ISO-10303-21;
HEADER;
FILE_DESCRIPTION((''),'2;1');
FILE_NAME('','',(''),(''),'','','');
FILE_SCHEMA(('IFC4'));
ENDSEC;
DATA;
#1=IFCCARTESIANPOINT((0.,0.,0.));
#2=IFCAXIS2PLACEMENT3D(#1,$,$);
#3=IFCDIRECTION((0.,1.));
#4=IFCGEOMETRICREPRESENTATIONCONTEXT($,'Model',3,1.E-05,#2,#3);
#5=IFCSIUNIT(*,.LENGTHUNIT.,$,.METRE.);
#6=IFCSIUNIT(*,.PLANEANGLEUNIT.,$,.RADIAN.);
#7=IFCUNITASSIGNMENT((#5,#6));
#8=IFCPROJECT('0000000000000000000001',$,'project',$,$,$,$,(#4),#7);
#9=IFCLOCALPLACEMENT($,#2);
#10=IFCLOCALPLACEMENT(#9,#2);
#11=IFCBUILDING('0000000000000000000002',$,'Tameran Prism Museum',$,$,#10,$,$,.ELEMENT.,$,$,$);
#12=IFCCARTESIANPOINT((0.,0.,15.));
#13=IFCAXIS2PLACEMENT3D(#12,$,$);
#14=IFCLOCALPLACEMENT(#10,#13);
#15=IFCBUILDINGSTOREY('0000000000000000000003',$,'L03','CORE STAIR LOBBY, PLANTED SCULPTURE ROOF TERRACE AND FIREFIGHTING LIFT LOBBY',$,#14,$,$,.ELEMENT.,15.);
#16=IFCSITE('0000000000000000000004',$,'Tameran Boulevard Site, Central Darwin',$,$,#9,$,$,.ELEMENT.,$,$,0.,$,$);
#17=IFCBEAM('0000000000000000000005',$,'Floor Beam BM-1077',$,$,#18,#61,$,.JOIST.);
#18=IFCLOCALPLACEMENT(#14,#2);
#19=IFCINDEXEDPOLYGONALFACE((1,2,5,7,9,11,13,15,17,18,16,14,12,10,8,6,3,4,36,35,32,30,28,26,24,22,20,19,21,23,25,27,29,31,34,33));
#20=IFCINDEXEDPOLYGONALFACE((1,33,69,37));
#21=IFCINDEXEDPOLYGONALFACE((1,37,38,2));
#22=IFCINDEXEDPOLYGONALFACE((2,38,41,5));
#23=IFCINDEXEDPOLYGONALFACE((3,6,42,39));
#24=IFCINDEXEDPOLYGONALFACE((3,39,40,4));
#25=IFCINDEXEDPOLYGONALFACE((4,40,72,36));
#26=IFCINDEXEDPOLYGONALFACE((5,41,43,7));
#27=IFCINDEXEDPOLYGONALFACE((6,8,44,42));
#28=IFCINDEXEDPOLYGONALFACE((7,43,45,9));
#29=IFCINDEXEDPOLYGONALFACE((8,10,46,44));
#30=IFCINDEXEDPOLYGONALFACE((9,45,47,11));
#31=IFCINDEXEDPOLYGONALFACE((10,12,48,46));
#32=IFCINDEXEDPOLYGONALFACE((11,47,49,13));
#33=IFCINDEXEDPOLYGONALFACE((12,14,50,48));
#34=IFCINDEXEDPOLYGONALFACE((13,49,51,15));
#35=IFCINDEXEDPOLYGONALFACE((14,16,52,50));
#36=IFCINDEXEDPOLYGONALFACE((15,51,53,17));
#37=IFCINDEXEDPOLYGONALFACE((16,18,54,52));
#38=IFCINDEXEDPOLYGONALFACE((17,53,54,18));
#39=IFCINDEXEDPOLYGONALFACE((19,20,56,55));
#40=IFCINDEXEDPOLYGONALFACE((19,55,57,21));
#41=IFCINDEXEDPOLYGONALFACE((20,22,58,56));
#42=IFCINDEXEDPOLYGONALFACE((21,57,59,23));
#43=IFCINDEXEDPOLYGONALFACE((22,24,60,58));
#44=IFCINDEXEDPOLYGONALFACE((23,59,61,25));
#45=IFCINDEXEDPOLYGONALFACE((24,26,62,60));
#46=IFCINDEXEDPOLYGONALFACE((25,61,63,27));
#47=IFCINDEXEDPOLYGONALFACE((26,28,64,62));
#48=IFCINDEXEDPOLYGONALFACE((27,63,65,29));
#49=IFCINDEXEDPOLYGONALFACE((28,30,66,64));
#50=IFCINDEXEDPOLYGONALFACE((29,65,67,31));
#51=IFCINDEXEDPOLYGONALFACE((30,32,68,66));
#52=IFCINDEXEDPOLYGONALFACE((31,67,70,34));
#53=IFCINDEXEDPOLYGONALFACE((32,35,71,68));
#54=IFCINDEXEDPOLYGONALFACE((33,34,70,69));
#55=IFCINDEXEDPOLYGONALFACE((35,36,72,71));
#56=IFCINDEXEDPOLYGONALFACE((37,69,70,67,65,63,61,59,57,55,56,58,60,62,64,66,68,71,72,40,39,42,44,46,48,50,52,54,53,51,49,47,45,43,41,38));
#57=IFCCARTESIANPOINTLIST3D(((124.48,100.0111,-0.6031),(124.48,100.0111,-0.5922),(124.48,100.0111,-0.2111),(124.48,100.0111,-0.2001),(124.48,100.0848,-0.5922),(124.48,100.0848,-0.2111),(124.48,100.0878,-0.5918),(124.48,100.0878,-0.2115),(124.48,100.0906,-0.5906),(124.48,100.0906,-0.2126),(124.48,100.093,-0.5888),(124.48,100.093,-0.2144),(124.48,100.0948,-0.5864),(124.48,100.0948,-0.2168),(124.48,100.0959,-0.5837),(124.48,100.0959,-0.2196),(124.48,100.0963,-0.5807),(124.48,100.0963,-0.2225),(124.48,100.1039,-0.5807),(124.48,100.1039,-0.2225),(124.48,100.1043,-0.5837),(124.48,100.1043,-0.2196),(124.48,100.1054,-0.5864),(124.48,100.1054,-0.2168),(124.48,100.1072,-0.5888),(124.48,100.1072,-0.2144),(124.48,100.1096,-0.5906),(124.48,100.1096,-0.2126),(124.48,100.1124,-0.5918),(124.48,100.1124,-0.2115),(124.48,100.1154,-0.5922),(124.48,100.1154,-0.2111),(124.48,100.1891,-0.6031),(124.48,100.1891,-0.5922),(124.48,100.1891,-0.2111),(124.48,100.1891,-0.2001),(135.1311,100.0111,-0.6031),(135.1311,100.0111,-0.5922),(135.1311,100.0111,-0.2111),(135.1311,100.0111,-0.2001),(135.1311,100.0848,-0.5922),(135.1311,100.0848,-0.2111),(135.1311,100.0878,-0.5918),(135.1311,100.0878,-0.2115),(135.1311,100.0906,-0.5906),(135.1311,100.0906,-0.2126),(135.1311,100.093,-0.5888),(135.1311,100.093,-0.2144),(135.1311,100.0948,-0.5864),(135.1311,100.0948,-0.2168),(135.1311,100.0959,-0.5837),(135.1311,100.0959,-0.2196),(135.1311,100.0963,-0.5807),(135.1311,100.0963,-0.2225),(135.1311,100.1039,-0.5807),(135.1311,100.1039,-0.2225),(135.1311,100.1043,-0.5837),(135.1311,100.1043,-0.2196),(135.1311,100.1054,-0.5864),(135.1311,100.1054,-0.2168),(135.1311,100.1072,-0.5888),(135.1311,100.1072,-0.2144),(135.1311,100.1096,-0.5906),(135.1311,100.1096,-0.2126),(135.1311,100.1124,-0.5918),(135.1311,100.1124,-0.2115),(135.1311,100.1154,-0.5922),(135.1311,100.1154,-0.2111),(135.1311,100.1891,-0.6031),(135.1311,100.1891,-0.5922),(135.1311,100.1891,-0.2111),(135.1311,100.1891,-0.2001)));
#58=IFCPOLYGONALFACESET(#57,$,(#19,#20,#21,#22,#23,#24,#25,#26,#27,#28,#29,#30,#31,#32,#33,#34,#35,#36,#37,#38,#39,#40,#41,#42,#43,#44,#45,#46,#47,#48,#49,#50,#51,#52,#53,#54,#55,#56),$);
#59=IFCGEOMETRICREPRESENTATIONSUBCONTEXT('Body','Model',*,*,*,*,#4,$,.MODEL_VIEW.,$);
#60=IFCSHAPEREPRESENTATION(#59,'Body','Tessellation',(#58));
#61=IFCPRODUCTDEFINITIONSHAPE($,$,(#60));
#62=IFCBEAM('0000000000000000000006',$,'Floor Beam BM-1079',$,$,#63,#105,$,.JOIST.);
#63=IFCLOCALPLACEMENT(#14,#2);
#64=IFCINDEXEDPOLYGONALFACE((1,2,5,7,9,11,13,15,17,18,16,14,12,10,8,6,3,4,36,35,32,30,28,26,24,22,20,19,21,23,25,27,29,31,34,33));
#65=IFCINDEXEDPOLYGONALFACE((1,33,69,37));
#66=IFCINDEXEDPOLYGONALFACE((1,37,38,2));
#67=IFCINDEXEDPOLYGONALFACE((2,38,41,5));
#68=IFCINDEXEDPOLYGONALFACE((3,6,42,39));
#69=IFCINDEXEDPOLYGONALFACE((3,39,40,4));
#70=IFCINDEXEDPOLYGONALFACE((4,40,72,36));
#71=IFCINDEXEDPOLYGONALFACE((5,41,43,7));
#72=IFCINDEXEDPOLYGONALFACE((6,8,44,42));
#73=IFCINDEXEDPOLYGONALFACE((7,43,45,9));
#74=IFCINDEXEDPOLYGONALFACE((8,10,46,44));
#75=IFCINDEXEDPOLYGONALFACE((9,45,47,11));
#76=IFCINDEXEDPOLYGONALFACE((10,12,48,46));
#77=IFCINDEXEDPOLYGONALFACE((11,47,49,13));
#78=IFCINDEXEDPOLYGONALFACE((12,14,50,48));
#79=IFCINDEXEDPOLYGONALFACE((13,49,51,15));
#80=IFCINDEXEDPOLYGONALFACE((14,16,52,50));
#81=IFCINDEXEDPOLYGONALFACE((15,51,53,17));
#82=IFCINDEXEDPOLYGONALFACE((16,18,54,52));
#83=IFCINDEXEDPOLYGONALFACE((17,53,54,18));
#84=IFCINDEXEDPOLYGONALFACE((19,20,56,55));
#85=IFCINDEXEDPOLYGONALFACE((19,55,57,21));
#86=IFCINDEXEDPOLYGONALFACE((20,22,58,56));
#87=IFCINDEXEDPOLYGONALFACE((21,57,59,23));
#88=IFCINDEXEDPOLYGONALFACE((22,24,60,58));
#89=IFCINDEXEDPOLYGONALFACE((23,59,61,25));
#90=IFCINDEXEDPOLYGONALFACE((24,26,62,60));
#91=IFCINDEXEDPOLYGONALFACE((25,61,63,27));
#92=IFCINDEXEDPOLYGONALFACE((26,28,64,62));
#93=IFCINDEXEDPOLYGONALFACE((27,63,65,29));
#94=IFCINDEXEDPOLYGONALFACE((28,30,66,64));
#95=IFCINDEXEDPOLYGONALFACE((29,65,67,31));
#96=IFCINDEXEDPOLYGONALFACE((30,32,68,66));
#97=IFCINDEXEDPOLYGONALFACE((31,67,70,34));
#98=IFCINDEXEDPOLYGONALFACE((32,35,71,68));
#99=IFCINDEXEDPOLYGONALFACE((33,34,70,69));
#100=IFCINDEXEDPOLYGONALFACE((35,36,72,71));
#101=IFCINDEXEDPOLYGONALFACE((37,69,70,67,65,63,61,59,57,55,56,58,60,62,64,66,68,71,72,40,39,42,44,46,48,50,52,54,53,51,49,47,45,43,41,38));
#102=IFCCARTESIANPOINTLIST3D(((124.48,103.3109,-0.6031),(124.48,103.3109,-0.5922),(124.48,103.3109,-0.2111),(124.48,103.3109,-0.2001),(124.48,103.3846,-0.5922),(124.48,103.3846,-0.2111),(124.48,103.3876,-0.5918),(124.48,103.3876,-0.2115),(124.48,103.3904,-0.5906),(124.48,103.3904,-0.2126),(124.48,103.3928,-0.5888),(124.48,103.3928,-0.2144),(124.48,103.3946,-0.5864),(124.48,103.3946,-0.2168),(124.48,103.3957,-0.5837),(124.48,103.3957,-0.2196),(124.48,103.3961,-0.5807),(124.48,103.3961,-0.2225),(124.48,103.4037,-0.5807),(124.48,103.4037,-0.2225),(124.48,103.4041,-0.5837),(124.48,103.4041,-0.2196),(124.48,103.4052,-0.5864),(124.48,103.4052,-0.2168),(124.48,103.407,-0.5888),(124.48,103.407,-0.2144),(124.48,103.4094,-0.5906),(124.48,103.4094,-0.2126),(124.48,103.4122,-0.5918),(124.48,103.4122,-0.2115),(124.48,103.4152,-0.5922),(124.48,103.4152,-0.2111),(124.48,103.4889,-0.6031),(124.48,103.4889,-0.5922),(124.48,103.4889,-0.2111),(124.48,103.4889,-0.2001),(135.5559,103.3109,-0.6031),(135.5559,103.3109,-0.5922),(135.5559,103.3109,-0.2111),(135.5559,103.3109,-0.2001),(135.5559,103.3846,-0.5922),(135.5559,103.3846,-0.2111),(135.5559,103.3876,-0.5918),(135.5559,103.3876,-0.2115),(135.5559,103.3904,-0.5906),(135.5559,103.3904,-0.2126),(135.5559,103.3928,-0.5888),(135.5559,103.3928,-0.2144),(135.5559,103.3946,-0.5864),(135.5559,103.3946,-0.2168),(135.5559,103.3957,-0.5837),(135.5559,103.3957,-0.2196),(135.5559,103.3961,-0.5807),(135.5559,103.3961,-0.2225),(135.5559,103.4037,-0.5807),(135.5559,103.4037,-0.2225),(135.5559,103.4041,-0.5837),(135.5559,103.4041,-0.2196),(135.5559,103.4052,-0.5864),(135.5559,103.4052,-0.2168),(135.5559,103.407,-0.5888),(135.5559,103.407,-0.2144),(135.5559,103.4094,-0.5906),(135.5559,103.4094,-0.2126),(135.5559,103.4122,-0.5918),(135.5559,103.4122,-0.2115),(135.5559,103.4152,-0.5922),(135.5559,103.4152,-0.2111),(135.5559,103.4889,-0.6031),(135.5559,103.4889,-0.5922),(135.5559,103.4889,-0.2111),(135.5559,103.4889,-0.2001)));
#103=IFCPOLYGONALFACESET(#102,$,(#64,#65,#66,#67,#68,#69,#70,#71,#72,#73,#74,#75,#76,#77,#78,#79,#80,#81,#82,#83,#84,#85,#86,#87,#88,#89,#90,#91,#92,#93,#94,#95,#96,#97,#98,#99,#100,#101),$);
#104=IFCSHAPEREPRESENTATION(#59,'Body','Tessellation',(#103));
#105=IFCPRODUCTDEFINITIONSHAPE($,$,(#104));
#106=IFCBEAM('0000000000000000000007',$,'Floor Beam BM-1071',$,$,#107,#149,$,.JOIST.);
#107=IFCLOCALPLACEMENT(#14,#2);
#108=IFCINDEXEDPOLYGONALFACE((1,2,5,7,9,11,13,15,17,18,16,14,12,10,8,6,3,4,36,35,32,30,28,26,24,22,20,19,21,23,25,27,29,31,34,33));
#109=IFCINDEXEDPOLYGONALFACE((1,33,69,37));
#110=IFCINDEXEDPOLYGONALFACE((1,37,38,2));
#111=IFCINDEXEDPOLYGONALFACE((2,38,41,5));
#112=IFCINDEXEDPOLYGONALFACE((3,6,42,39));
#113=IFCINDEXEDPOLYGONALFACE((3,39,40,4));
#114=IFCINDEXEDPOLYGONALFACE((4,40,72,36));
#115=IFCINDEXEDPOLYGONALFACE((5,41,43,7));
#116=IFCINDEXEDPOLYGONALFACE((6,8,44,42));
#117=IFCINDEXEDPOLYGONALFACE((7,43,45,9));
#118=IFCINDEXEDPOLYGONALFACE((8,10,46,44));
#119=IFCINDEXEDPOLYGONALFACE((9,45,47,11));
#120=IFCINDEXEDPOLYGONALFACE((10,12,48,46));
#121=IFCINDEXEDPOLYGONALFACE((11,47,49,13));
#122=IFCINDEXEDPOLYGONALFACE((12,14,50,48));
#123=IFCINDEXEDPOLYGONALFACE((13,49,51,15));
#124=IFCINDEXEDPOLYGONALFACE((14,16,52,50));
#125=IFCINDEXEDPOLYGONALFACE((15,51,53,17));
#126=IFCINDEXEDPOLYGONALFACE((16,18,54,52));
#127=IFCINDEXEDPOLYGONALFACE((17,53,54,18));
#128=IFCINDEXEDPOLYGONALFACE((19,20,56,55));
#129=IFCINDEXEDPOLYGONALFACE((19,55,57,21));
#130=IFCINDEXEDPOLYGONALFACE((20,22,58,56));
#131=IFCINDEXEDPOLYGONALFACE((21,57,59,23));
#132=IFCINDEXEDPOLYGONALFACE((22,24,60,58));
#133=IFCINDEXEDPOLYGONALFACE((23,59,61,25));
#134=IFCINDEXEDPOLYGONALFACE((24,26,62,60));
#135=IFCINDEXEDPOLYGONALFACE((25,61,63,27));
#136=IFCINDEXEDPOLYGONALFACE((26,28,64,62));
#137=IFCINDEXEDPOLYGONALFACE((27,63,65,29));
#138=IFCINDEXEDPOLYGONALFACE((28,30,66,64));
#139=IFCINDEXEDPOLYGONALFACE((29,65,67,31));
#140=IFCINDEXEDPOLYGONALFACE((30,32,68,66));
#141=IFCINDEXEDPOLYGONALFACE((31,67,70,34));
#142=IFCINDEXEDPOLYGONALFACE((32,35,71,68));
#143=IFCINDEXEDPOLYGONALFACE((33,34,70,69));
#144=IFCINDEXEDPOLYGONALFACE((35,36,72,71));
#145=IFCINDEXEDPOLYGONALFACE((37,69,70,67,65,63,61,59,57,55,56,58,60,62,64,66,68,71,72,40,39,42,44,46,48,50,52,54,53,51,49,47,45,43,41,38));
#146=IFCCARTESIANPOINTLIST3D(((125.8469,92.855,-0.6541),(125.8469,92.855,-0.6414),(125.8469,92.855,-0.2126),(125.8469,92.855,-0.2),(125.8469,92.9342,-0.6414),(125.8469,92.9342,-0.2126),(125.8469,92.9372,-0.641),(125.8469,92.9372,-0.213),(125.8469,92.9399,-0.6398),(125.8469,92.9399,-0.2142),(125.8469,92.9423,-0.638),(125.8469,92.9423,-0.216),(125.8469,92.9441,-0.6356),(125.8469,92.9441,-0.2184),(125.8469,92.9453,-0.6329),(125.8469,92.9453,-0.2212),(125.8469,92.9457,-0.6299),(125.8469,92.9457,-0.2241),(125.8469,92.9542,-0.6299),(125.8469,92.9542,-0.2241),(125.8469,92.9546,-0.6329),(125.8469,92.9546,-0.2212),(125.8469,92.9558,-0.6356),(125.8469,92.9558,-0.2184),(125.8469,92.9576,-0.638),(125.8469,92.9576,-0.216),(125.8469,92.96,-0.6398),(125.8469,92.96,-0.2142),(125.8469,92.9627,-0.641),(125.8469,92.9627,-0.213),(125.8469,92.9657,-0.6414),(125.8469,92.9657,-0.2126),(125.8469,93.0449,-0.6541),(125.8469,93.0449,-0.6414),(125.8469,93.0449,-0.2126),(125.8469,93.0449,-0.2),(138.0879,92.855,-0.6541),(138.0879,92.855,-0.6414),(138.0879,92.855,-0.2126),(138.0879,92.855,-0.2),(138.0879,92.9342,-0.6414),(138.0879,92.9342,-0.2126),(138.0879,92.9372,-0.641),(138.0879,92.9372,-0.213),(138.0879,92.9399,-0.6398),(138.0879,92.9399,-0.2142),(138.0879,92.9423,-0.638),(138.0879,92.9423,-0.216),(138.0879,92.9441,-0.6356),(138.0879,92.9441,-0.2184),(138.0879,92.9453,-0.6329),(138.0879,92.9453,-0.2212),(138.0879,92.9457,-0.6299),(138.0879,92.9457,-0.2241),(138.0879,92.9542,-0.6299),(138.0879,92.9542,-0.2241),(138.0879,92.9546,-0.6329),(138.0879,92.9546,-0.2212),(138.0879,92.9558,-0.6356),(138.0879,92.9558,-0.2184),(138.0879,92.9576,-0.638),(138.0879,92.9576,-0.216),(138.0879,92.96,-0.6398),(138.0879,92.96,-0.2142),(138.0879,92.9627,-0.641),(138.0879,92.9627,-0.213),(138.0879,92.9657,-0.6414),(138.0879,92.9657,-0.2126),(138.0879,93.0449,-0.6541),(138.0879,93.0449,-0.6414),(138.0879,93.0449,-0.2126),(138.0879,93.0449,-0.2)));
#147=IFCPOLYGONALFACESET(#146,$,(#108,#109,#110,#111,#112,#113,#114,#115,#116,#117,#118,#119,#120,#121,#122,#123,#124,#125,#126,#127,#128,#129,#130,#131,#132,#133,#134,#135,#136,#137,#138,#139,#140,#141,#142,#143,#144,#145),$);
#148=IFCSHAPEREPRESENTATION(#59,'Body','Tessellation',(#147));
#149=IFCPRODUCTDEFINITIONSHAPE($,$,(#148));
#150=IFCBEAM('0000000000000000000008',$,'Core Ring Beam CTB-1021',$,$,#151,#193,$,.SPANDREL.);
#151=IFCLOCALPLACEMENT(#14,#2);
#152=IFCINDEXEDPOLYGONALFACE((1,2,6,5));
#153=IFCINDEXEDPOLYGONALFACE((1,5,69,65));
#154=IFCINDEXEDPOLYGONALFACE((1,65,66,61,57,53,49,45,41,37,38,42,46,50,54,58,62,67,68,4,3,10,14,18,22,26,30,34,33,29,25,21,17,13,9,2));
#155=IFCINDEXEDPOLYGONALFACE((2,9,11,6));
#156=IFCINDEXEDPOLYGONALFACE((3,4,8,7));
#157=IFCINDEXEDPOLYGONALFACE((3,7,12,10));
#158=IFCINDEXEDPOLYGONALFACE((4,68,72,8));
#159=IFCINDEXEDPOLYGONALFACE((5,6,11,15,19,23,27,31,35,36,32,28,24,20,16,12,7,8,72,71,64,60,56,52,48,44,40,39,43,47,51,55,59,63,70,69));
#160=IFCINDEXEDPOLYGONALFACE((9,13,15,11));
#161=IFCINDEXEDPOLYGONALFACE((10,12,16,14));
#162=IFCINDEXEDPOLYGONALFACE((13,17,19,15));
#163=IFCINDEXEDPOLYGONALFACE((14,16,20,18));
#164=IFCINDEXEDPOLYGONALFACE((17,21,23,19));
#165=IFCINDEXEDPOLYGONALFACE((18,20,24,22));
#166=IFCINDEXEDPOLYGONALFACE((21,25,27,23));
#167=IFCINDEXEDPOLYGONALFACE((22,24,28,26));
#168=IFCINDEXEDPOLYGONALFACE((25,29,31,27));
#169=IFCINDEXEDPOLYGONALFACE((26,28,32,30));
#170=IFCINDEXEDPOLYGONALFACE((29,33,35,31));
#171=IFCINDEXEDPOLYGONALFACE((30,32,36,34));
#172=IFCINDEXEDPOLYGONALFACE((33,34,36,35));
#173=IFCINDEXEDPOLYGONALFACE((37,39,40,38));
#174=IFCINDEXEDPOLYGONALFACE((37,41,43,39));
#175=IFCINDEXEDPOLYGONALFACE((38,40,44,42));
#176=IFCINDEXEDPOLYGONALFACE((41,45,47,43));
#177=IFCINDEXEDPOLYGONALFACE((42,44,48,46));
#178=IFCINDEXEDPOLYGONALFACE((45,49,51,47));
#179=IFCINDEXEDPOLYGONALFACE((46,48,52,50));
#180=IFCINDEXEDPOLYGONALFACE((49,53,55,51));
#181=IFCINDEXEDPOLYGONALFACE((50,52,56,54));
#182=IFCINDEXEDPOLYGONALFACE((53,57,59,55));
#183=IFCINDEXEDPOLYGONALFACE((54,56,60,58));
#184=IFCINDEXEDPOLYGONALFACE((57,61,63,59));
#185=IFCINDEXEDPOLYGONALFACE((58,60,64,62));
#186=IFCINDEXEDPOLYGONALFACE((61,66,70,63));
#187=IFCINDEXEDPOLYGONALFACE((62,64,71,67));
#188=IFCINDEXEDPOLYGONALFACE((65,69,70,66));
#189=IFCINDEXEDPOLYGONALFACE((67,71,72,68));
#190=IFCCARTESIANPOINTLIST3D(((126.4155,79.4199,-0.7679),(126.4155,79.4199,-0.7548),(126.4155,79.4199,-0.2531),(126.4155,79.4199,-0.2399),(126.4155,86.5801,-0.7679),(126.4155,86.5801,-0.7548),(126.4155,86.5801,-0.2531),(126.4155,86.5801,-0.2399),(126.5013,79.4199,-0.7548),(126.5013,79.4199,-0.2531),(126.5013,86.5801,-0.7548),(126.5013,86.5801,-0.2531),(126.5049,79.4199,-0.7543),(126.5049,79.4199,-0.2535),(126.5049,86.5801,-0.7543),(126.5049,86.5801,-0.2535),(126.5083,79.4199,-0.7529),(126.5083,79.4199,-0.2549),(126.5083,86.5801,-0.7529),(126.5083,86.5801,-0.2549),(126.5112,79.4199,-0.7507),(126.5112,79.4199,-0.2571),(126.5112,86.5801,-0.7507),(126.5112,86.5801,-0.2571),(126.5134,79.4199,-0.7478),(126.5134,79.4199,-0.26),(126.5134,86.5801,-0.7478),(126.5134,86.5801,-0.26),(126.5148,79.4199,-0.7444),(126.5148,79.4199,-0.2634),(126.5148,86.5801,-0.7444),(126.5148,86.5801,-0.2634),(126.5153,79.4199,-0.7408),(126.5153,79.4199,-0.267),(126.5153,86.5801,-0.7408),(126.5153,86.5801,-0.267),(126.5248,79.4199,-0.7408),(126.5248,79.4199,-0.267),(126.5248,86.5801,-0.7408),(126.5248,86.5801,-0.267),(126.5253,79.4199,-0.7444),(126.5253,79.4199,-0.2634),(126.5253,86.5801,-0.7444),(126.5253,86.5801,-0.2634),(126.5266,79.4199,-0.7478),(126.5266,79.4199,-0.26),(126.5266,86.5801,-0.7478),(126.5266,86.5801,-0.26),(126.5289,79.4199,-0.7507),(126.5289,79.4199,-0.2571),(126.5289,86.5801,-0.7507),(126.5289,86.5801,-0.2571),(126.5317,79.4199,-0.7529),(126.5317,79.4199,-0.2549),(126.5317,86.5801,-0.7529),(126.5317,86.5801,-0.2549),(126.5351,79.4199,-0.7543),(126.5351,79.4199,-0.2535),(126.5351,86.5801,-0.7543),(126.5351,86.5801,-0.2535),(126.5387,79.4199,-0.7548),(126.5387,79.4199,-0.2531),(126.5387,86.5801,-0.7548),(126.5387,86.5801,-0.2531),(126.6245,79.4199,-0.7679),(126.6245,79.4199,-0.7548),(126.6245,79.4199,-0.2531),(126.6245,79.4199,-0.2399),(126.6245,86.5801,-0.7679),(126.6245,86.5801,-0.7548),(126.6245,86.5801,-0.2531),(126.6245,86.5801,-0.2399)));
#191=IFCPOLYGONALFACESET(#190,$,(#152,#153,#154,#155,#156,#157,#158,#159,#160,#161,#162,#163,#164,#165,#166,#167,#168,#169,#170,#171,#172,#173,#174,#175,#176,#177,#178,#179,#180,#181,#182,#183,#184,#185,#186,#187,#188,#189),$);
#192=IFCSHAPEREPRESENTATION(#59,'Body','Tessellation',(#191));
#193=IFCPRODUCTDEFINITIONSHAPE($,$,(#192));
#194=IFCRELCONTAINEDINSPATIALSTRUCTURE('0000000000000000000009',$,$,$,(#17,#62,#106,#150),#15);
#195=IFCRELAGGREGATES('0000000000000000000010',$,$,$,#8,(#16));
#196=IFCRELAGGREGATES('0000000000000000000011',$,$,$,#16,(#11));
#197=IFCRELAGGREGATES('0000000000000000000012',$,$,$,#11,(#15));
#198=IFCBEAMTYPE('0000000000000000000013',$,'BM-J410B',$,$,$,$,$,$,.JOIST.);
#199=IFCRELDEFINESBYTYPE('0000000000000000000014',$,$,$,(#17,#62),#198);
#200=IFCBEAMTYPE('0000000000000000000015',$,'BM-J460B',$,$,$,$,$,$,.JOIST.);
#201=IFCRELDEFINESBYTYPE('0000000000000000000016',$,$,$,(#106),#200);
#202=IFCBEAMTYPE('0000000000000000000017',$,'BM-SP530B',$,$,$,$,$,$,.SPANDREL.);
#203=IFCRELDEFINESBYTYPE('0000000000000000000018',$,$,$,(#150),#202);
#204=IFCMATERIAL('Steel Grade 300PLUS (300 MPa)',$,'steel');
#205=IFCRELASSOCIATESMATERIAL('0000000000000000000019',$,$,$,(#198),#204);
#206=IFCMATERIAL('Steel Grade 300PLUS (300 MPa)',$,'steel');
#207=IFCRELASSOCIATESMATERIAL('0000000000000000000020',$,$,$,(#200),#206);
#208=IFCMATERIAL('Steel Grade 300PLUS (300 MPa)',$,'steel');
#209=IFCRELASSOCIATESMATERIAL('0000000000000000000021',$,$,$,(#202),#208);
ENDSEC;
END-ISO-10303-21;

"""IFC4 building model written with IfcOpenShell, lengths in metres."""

from ifc_helpers import new_model, si_unit, direction, frame, origin, origin_2d, place, context, subcontext, project, spatial, i_section, extrude, material, material_profile, profile_set, type_object, element, save


model = new_model("IFC4")

# Units and contexts
model_context = context("Model", 3, precision=1e-05, world=origin(), true_north=direction((0.0, 1.0)))
body_context = subcontext(model_context, "Body", "Model", "MODEL_VIEW")
ifc_project = project(units=[si_unit("LENGTHUNIT", "METRE"), si_unit("PLANEANGLEUNIT", "RADIAN")], contexts=[model_context])

# Site, building, storey
site_placement = place(None, origin())
site = spatial("IfcSite", under=ifc_project, at=site_placement, Name="Tameran Boulevard Site, Central Darwin", CompositionType="ELEMENT", RefElevation=0.0)
building_placement = place(site_placement, origin())
building = spatial("IfcBuilding", under=site, at=building_placement, Name="Tameran Prism Museum", CompositionType="ELEMENT")
storey_placement = place(building_placement, frame((0.0, 0.0, 15.0)))
storey = spatial("IfcBuildingStorey", under=building, at=storey_placement, Name="L03", Description="CORE STAIR LOBBY, PLANTED SCULPTURE ROOF TERRACE AND FIREFIGHTING LIFT LOBBY", CompositionType="ELEMENT", Elevation=15.0)

# Beams
ifc_material_1 = material(Name="Steel Grade 300PLUS (300 MPa)", Category="steel")
ifc_material_profile_1 = material_profile(ifc_material_1, i_section(OverallWidth=0.178, OverallDepth=0.4031, WebThickness=0.0076, FlangeThickness=0.011, FilletRadius=0.0115, at=origin_2d()))
ifc_profile_set_1 = profile_set([ifc_material_profile_1])
beam_type_1 = type_object("IfcBeamType", Name="BM-J410B", PredefinedType="JOIST", material=ifc_profile_set_1)
beam_1_placement = place(storey_placement, frame((124.48, 100.1001, -0.4016), z_axis=(1.0, 0.0, 0.0), x_axis=(0.0, 1.0, 0.0)))
element("IfcBeam", 1, at=beam_1_placement, inside=storey, type_object=beam_type_1, Name="Floor Beam BM-1077", PredefinedType="JOIST", context=body_context, shape_type="SweptSolid", body=[
    extrude(i_section(OverallWidth=0.178, OverallDepth=0.4031, WebThickness=0.0076, FlangeThickness=0.011, FilletRadius=0.0115, at=origin_2d()), origin(), (0.0, 0.0, 1.0), 10.6511),
])
beam_2_placement = place(storey_placement, frame((124.48, 103.3999, -0.4016), z_axis=(1.0, 0.0, 0.0), x_axis=(0.0, 1.0, 0.0)))
element("IfcBeam", 2, at=beam_2_placement, inside=storey, type_object=beam_type_1, Name="Floor Beam BM-1079", PredefinedType="JOIST", context=body_context, shape_type="SweptSolid", body=[
    extrude(i_section(OverallWidth=0.178, OverallDepth=0.4031, WebThickness=0.0076, FlangeThickness=0.011, FilletRadius=0.0115, at=origin_2d()), origin(), (0.0, 0.0, 1.0), 11.0759),
])
ifc_material_2 = material(Name="Steel Grade 300PLUS (300 MPa)", Category="steel")
ifc_material_profile_2 = material_profile(ifc_material_2, i_section(OverallWidth=0.1899, OverallDepth=0.4541, WebThickness=0.0085, FlangeThickness=0.0127, FilletRadius=0.0115, at=origin_2d()))
ifc_profile_set_2 = profile_set([ifc_material_profile_2])
beam_type_2 = type_object("IfcBeamType", Name="BM-J460B", PredefinedType="JOIST", material=ifc_profile_set_2)
beam_3_placement = place(storey_placement, frame((125.8469, 92.95, -0.427), z_axis=(1.0, 0.0, 0.0), x_axis=(0.0, 1.0, 0.0)))
element("IfcBeam", 3, at=beam_3_placement, inside=storey, type_object=beam_type_2, Name="Floor Beam BM-1071", PredefinedType="JOIST", context=body_context, shape_type="SweptSolid", body=[
    extrude(i_section(OverallWidth=0.1899, OverallDepth=0.4541, WebThickness=0.0085, FlangeThickness=0.0127, FilletRadius=0.0115, at=origin_2d()), origin(), (0.0, 0.0, 1.0), 12.241),
])
ifc_material_3 = material(Name="Steel Grade 300PLUS (300 MPa)", Category="steel")
ifc_material_profile_3 = material_profile(ifc_material_3, i_section(OverallWidth=0.209, OverallDepth=0.5281, WebThickness=0.0095, FlangeThickness=0.0132, FilletRadius=0.0139, at=origin_2d()))
ifc_profile_set_3 = profile_set([ifc_material_profile_3])
beam_type_3 = type_object("IfcBeamType", Name="BM-SP530B", PredefinedType="SPANDREL", material=ifc_profile_set_3)
beam_4_placement = place(storey_placement, frame((126.52, 86.5801, -0.5039), z_axis=(0.0, -1.0, 0.0), x_axis=(1.0, 0.0, 0.0)))
element("IfcBeam", 4, at=beam_4_placement, inside=storey, type_object=beam_type_3, Name="Core Ring Beam CTB-1021", PredefinedType="SPANDREL", context=body_context, shape_type="SweptSolid", body=[
    extrude(i_section(OverallWidth=0.209, OverallDepth=0.5281, WebThickness=0.0095, FlangeThickness=0.0132, FilletRadius=0.0139, at=origin_2d()), origin(), (0.0, 0.0, 1.0), 7.1602),
])

save(model, "model.ifc")
